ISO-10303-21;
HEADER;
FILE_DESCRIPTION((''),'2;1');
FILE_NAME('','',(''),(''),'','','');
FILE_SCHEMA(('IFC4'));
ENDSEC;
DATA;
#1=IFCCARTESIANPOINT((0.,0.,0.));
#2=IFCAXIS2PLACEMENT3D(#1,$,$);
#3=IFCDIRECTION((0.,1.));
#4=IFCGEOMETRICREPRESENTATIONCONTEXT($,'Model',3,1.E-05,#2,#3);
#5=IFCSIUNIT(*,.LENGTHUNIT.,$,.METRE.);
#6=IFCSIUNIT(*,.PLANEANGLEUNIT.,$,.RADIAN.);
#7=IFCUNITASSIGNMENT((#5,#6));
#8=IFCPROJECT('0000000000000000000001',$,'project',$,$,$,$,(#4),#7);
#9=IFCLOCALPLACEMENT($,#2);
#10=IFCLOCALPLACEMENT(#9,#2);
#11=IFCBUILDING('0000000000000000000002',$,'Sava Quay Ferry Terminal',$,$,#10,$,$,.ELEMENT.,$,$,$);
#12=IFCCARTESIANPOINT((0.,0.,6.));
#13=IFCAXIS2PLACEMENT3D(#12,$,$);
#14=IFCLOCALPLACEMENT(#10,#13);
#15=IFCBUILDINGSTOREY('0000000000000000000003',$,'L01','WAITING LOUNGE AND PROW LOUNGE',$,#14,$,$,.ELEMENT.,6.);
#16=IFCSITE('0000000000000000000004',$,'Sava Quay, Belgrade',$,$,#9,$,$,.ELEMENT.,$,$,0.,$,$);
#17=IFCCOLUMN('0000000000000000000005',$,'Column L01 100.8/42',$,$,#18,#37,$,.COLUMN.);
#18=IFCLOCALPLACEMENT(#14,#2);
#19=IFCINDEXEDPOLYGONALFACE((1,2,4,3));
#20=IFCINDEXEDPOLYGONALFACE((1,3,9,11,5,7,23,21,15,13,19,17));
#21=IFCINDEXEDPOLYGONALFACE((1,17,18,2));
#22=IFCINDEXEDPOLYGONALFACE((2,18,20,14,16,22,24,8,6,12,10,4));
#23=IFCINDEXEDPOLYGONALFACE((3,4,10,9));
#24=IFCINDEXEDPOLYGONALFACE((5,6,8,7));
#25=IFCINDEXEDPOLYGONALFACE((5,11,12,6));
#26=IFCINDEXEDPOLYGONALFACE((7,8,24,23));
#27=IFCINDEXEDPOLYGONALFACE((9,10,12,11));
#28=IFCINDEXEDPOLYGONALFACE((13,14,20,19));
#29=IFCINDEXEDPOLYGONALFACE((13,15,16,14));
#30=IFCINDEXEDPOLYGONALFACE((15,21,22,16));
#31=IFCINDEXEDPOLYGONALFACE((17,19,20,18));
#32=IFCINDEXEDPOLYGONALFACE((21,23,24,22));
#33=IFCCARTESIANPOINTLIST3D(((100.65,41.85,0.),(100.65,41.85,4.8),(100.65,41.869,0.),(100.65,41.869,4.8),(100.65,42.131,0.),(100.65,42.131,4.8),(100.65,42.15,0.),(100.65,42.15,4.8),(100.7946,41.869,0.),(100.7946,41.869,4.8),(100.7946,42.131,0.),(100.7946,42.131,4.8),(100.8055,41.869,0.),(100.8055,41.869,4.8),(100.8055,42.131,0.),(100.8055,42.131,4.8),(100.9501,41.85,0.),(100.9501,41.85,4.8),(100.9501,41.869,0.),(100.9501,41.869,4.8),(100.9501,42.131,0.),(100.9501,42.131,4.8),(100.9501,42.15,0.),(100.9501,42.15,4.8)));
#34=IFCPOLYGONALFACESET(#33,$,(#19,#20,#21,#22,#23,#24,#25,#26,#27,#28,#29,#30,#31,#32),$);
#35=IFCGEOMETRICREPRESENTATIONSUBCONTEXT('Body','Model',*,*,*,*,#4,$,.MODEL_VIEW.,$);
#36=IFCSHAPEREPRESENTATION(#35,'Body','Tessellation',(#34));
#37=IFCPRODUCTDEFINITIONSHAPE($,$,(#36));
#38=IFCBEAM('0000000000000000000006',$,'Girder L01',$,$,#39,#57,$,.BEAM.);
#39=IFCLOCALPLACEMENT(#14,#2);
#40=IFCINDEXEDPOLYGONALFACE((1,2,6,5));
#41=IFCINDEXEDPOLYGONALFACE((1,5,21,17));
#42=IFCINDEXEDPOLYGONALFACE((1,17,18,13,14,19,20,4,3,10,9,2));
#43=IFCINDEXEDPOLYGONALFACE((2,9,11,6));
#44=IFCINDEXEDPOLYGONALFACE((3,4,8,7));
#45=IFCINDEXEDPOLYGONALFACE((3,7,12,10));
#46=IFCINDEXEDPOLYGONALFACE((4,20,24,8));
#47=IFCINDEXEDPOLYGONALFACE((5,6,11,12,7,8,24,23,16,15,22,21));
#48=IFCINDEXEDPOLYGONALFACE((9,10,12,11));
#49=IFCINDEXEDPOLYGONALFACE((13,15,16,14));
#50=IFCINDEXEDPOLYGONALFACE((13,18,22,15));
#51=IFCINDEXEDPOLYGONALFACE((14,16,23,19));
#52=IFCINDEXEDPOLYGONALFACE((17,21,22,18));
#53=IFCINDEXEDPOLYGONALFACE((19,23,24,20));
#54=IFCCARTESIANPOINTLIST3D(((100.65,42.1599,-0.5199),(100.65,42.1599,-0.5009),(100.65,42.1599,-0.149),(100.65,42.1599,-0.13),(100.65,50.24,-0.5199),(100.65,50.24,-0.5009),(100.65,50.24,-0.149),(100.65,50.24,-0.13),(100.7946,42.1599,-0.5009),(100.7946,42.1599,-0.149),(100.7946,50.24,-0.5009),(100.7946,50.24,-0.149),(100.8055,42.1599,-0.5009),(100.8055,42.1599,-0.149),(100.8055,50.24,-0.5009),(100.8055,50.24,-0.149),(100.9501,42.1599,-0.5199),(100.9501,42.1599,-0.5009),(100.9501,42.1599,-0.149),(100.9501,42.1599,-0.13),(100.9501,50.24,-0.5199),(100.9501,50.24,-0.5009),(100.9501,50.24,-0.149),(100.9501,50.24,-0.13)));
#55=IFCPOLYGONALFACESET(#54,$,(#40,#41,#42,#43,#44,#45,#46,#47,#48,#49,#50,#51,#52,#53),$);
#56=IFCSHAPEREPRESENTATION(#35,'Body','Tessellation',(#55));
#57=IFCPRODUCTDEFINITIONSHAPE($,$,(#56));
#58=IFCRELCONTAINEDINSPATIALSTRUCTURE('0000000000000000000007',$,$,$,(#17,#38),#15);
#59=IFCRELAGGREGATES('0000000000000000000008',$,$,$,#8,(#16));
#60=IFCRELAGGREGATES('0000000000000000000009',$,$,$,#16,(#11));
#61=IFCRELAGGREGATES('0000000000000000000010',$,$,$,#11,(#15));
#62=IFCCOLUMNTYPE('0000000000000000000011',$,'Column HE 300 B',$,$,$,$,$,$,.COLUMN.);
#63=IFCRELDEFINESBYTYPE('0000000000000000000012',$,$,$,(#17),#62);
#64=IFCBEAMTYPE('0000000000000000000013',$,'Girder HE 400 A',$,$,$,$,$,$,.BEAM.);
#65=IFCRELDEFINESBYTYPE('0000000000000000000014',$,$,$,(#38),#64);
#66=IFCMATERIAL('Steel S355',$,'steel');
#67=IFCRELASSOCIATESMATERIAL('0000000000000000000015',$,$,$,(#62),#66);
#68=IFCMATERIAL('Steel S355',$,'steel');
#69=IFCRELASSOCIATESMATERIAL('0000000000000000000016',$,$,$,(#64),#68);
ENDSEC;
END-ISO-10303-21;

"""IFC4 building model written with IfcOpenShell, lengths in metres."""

from ifc_helpers import new_model, si_unit, direction, frame, origin, origin_2d, place, context, subcontext, project, spatial, i_section, extrude, material, material_profile, profile_set, type_object, element, save


model = new_model("IFC4")

# Units and contexts
model_context = context("Model", 3, precision=1e-05, world=origin(), true_north=direction((0.0, 1.0)))
body_context = subcontext(model_context, "Body", "Model", "MODEL_VIEW")
ifc_project = project(units=[si_unit("LENGTHUNIT", "METRE"), si_unit("PLANEANGLEUNIT", "RADIAN")], contexts=[model_context])

# Site, building, storey
site_placement = place(None, origin())
site = spatial("IfcSite", under=ifc_project, at=site_placement, Name="Sava Quay, Belgrade", CompositionType="ELEMENT", RefElevation=0.0)
building_placement = place(site_placement, origin())
building = spatial("IfcBuilding", under=site, at=building_placement, Name="Sava Quay Ferry Terminal", CompositionType="ELEMENT")
storey_placement = place(building_placement, frame((0.0, 0.0, 6.0)))
storey = spatial("IfcBuildingStorey", under=building, at=storey_placement, Name="L01", Description="WAITING LOUNGE AND PROW LOUNGE", CompositionType="ELEMENT", Elevation=6.0)

# Column
ifc_material_1 = material(Name="Steel S355", Category="steel")
ifc_material_profile_1 = material_profile(ifc_material_1, i_section(OverallWidth=0.3, OverallDepth=0.3, WebThickness=0.011, FlangeThickness=0.019, at=origin_2d()), Name="HE 300 B")
ifc_profile_set_1 = profile_set([ifc_material_profile_1], Name="Steel S355")
column_type = type_object("IfcColumnType", Name="Column HE 300 B", PredefinedType="COLUMN", material=ifc_profile_set_1)
column_placement = place(storey_placement, frame((100.8, 42.0, 0.0), z_axis=(0.0, 0.0, 1.0), x_axis=(1.0, 0.0, 0.0)))
element("IfcColumn", 1, at=column_placement, inside=storey, type_object=column_type, Name="Column L01 100.8/42", PredefinedType="COLUMN", context=body_context, shape_type="SweptSolid", body=[
    extrude(i_section(OverallWidth=0.3, OverallDepth=0.3, WebThickness=0.011, FlangeThickness=0.019, at=origin_2d()), origin(), (0.0, 0.0, 1.0), 4.8),
])

# Beam
ifc_material_2 = material(Name="Steel S355", Category="steel")
ifc_material_profile_2 = material_profile(ifc_material_2, i_section(OverallWidth=0.3, OverallDepth=0.3899, WebThickness=0.011, FlangeThickness=0.019, at=origin_2d()), Name="HE 400 A")
ifc_profile_set_2 = profile_set([ifc_material_profile_2], Name="Steel S355")
beam_type = type_object("IfcBeamType", Name="Girder HE 400 A", PredefinedType="BEAM", material=ifc_profile_set_2)
beam_placement = place(storey_placement, frame((100.8, 42.1599, -0.325), z_axis=(0.0, 1.0, 0.0), x_axis=(-1.0, 0.0, 0.0)))
element("IfcBeam", 2, at=beam_placement, inside=storey, type_object=beam_type, Name="Girder L01", PredefinedType="BEAM", context=body_context, shape_type="SweptSolid", body=[
    extrude(i_section(OverallWidth=0.3, OverallDepth=0.3899, WebThickness=0.011, FlangeThickness=0.019, at=origin_2d()), origin(), (0.0, 0.0, 1.0), 8.0801),
])

save(model, "model.ifc")
